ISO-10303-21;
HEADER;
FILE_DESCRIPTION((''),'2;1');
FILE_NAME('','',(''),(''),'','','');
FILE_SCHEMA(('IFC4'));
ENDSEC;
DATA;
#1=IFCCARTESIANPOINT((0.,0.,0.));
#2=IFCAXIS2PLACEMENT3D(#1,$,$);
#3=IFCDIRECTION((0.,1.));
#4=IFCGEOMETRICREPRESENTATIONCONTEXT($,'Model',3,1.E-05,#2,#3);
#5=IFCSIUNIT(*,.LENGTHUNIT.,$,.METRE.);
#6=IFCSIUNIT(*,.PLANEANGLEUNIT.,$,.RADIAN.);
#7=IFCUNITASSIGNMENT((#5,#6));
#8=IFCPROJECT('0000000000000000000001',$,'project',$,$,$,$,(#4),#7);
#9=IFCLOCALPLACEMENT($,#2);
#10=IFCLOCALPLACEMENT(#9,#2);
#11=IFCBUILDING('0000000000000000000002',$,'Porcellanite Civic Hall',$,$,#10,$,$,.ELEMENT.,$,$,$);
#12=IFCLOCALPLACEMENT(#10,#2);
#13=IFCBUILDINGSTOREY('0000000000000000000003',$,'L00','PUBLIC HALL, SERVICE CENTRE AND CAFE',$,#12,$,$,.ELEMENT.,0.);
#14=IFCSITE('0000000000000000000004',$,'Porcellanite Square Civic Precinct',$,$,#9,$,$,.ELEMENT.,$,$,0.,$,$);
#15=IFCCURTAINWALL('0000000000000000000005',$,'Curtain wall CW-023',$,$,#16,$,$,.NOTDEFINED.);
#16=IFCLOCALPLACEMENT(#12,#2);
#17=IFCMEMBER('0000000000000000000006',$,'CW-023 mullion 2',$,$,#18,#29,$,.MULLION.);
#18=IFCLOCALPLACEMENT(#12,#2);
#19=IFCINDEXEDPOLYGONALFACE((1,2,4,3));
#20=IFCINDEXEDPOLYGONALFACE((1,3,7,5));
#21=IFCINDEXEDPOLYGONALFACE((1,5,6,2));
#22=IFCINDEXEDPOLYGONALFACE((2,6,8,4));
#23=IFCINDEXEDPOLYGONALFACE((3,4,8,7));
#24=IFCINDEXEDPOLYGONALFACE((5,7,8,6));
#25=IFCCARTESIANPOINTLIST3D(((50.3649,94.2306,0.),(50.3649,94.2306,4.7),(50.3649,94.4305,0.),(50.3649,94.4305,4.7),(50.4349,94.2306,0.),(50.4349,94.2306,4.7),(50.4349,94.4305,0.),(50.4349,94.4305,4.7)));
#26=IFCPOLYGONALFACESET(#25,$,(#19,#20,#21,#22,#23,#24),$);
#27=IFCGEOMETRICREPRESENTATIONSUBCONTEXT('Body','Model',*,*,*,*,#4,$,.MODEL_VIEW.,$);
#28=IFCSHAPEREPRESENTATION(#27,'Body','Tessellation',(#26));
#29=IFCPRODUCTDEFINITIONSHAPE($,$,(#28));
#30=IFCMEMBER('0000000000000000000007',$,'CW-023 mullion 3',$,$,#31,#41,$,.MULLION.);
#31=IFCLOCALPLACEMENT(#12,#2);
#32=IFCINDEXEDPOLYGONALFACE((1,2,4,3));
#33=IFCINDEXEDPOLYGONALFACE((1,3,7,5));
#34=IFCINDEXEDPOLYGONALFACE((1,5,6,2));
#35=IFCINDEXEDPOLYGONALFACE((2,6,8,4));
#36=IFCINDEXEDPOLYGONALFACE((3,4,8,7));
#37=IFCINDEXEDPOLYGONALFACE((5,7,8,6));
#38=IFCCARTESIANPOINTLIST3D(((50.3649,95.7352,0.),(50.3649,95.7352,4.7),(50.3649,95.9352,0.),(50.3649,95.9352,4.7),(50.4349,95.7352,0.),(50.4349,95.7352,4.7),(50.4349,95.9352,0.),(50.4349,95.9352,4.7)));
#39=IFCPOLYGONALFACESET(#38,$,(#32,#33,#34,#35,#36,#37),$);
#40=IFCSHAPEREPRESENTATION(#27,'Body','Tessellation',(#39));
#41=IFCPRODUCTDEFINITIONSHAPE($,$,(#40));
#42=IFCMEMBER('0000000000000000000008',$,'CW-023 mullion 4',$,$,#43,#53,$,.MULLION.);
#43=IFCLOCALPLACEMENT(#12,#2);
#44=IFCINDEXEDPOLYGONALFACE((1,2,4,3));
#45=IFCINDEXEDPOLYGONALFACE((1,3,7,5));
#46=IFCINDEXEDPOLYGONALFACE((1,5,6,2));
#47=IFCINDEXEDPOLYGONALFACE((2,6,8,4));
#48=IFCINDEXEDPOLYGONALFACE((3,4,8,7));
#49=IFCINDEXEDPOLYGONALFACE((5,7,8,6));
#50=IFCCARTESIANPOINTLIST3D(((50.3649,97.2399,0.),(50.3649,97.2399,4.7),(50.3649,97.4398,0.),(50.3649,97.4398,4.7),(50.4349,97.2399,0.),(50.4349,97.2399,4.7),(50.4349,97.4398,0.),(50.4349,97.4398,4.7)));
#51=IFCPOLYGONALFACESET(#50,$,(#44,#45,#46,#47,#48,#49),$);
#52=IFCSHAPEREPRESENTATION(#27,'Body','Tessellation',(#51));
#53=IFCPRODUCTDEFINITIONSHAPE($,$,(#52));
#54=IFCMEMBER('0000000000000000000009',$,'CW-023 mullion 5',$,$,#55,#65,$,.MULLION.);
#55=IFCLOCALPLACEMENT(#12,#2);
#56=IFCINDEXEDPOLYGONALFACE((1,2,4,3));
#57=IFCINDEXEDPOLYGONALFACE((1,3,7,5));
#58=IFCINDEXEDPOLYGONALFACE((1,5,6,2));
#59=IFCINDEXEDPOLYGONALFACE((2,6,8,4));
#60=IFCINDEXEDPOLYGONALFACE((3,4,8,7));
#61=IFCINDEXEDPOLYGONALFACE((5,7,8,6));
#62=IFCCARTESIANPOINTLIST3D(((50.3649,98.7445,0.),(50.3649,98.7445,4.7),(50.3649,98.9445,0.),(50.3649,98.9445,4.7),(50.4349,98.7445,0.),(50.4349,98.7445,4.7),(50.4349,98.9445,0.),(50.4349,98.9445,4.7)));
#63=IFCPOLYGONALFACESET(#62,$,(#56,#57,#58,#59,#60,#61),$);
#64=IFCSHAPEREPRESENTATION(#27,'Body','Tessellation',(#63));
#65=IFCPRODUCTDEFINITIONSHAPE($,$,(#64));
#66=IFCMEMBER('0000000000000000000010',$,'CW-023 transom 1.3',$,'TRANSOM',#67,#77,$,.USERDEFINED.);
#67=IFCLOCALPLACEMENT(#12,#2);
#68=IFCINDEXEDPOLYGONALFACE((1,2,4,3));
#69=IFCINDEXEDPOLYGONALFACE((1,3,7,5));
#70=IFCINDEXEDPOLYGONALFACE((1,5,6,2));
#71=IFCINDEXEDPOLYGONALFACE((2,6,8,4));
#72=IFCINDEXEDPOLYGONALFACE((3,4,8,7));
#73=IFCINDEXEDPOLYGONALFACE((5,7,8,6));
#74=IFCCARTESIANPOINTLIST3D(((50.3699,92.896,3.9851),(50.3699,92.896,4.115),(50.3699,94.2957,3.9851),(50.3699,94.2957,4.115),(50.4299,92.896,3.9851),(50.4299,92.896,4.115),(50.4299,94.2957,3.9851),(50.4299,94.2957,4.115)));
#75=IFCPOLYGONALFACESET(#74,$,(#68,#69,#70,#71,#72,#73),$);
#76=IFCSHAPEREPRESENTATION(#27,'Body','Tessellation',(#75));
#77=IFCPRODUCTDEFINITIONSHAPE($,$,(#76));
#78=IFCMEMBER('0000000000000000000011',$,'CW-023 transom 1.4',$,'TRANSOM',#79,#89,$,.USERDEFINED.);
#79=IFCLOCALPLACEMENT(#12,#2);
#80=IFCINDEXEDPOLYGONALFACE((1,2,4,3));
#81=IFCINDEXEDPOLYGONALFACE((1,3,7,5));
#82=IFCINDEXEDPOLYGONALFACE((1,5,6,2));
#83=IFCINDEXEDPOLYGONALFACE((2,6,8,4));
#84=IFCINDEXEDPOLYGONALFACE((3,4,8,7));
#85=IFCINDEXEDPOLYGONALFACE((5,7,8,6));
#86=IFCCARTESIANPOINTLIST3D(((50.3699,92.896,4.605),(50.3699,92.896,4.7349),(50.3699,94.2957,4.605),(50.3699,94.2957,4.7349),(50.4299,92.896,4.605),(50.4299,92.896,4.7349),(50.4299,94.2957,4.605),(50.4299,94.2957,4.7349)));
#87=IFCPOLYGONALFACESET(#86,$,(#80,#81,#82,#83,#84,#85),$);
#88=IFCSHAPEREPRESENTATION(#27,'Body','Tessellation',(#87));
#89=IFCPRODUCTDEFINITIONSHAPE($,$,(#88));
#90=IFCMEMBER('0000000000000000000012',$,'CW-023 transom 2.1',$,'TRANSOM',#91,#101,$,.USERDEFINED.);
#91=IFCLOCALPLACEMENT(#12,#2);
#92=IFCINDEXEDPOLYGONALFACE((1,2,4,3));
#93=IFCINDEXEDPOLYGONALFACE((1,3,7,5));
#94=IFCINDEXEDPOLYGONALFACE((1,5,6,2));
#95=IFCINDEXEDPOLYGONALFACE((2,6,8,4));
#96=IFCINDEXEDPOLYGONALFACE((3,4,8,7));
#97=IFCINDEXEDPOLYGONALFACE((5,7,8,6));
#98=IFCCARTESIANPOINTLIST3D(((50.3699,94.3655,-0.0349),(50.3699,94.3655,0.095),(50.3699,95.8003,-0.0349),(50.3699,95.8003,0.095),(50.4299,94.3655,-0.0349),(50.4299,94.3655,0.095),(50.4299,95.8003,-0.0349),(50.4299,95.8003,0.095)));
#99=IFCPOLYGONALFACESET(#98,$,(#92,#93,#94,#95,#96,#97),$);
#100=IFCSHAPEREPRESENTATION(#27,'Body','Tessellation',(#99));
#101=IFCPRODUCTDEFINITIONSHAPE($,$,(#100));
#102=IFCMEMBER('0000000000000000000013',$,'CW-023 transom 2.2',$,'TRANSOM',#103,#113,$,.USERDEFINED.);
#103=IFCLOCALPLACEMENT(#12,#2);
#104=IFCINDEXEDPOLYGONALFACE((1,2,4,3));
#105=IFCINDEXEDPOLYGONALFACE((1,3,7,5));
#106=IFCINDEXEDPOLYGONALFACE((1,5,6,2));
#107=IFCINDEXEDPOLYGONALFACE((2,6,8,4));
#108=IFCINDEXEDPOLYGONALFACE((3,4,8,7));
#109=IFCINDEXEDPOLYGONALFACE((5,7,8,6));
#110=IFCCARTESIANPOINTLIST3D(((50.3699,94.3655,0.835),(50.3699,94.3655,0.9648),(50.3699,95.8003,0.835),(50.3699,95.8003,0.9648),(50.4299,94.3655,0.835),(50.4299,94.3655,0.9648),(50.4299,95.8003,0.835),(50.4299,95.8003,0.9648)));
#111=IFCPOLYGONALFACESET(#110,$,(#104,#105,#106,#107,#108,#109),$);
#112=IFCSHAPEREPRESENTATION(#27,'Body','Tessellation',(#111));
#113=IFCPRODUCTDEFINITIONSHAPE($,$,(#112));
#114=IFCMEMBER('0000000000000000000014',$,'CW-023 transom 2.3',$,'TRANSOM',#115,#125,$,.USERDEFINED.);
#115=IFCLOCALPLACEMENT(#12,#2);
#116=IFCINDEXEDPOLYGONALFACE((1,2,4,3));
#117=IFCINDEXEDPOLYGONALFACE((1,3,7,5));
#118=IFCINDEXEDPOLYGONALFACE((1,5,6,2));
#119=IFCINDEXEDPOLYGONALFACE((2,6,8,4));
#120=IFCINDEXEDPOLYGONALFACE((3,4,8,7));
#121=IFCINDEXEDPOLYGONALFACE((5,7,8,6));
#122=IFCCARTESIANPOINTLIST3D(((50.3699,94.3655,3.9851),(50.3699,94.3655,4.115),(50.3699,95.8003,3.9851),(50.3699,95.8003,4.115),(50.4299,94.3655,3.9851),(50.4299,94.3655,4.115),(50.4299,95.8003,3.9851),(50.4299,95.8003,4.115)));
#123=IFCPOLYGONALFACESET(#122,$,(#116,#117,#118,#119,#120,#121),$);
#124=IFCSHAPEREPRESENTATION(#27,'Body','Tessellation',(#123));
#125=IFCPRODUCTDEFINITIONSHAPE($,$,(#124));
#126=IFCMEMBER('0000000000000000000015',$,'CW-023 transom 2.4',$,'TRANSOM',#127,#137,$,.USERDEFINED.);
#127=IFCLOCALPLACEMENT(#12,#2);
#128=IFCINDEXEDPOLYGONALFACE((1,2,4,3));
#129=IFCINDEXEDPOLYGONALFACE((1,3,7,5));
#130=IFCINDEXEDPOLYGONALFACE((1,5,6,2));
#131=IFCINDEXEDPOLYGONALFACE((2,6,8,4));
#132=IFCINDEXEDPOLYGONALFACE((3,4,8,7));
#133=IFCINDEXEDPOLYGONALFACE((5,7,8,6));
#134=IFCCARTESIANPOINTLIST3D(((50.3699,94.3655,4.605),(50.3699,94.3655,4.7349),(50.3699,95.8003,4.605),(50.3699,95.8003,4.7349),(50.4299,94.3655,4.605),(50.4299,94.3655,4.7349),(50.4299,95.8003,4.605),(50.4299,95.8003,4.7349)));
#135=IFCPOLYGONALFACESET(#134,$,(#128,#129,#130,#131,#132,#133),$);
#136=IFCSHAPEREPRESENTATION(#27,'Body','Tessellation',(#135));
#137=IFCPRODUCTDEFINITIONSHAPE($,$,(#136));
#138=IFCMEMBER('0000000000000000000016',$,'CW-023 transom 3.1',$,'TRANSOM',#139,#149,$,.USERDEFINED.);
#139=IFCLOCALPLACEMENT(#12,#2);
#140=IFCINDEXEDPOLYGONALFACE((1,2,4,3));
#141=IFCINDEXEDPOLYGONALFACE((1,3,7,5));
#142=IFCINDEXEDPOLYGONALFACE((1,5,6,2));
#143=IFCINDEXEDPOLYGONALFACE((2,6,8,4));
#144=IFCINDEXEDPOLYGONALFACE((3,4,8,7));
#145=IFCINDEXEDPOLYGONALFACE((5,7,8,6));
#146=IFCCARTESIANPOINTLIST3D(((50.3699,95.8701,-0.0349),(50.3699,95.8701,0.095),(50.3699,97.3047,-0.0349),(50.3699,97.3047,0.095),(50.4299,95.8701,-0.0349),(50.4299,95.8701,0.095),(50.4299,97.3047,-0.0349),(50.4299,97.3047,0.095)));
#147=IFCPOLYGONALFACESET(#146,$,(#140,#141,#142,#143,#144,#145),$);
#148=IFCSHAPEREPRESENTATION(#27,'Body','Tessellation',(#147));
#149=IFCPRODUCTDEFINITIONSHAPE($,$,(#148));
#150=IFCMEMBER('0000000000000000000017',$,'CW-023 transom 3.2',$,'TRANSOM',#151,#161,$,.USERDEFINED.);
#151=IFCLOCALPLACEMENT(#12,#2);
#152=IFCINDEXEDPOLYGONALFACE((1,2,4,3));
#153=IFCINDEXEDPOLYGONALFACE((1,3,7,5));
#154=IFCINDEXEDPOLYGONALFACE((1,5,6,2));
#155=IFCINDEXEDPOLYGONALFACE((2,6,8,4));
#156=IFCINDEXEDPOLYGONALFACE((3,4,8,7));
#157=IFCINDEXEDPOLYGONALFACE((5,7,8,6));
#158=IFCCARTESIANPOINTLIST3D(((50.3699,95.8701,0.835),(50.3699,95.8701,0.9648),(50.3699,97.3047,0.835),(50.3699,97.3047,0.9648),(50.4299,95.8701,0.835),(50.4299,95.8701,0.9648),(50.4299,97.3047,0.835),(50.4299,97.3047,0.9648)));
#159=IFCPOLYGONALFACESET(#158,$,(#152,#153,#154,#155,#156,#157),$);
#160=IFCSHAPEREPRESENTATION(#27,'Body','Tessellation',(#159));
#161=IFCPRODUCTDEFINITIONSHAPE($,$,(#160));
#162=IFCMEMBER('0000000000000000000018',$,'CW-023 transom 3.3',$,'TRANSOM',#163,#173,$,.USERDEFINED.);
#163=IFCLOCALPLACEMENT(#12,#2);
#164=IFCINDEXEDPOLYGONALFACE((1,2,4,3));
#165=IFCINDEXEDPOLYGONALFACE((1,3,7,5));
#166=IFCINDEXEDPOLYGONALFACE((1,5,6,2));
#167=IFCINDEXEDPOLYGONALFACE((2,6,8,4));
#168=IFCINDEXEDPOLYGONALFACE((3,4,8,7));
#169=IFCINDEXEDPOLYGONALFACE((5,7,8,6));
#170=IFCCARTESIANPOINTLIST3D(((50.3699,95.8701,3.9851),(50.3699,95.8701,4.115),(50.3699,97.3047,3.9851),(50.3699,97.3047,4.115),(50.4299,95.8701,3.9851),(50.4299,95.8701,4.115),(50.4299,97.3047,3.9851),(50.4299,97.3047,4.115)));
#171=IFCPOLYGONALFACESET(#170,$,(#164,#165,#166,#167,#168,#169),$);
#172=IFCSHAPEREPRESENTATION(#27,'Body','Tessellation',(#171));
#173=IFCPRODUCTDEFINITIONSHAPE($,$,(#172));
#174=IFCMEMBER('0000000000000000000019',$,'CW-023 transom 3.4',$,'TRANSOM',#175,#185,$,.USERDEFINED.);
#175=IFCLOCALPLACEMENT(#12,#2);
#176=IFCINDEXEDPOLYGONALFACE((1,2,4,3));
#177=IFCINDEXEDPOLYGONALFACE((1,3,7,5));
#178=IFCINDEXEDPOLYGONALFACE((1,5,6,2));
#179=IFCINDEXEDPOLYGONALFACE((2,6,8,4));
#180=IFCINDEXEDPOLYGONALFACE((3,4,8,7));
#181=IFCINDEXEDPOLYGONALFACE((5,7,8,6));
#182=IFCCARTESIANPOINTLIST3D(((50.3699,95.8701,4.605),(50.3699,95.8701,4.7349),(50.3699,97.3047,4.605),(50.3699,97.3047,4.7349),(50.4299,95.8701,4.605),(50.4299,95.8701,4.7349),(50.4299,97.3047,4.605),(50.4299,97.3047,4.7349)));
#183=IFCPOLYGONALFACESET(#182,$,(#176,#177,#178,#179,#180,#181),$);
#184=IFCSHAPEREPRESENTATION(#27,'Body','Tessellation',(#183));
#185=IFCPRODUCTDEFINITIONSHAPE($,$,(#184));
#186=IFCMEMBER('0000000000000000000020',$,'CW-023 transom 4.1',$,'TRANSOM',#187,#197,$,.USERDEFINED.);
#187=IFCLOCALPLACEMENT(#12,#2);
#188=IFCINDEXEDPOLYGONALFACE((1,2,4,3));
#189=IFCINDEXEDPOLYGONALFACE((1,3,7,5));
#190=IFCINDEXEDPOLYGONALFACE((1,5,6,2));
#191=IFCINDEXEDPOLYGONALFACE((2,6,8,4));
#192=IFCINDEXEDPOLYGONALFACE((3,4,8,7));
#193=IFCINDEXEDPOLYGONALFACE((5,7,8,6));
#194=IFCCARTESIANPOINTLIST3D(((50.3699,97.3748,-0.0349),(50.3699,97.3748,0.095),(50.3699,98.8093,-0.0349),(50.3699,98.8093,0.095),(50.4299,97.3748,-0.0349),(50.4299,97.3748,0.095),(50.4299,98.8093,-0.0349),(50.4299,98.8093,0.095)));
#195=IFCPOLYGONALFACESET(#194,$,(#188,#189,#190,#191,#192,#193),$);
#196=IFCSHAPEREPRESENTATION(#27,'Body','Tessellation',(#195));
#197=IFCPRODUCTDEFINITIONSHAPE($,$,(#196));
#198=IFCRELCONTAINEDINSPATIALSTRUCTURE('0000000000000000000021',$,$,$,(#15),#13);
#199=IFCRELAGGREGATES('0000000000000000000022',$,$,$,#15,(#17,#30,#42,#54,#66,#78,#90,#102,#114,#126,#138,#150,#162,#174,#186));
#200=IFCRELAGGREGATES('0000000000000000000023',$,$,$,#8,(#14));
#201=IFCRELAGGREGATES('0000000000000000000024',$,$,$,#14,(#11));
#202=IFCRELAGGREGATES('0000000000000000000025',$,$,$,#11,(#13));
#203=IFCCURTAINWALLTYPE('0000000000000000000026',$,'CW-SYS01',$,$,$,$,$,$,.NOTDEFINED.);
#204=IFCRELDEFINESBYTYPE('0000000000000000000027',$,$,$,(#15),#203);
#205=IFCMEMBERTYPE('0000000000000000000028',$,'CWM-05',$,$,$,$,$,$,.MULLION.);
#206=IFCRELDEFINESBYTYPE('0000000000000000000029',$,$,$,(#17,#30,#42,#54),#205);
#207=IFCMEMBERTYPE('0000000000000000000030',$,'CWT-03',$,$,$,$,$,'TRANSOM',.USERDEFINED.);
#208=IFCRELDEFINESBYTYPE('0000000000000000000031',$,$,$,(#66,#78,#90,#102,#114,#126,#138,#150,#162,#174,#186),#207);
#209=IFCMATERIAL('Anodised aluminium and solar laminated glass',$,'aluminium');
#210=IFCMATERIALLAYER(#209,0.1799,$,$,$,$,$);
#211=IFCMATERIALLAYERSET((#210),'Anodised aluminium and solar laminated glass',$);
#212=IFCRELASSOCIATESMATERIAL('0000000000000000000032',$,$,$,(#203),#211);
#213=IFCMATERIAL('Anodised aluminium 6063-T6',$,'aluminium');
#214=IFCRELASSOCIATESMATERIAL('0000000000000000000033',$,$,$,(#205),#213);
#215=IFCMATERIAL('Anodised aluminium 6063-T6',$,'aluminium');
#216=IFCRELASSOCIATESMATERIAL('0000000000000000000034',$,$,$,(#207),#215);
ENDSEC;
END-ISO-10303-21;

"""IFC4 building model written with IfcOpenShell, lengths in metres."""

from ifc_helpers import new_model, si_unit, direction, frame, origin, origin_2d, place, context, subcontext, project, spatial, rectangle, extrude, material, layer, layer_set, material_profile, profile_set, type_object, element, aggregate, save


model = new_model("IFC4")

# Units and contexts
model_context = context("Model", 3, precision=1e-05, world=origin(), true_north=direction((0.0, 1.0)))
body_context = subcontext(model_context, "Body", "Model", "MODEL_VIEW")
ifc_project = project(units=[si_unit("LENGTHUNIT", "METRE"), si_unit("PLANEANGLEUNIT", "RADIAN")], contexts=[model_context])

# Site, building, storey
site_placement = place(None, origin())
site = spatial("IfcSite", under=ifc_project, at=site_placement, Name="Porcellanite Square Civic Precinct", CompositionType="ELEMENT", RefElevation=0.0)
building_placement = place(site_placement, origin())
building = spatial("IfcBuilding", under=site, at=building_placement, Name="Porcellanite Civic Hall", CompositionType="ELEMENT")
storey_placement = place(building_placement, origin())
storey = spatial("IfcBuildingStorey", under=building, at=storey_placement, Name="L00", Description="PUBLIC HALL, SERVICE CENTRE AND CAFE", CompositionType="ELEMENT", Elevation=0.0)

# Curtain wall, members
ifc_material_1 = material(Name="Anodised aluminium and solar laminated glass", Category="aluminium")
ifc_layer_1 = layer(ifc_material_1, 0.1799)
ifc_layer_set_1 = layer_set([ifc_layer_1], Name="Anodised aluminium and solar laminated glass")
curtain_wall_type = type_object("IfcCurtainWallType", Name="CW-SYS01", PredefinedType="NOTDEFINED", material=ifc_layer_set_1)
curtain_wall_placement = place(storey_placement, origin())
curtain_wall = element("IfcCurtainWall", 1, at=curtain_wall_placement, inside=storey, type_object=curtain_wall_type, Name="Curtain wall CW-023", PredefinedType="NOTDEFINED")
ifc_material_2 = material(Name="Anodised aluminium 6063-T6", Category="aluminium")
ifc_material_profile_1 = material_profile(ifc_material_2, rectangle(XDim=0.0701, YDim=0.2, at=origin_2d()), Name="AL-70x200")
ifc_profile_set_1 = profile_set([ifc_material_profile_1], Name="Anodised aluminium 6063-T6")
member_type_1 = type_object("IfcMemberType", Name="CWM-05", PredefinedType="MULLION", material=ifc_profile_set_1)
member_1_placement = place(storey_placement, frame((50.3999, 94.3306, 0.0), z_axis=(0.0, 0.0, 1.0), x_axis=(-1.0, 0.0, 0.0)))
member_1 = element("IfcMember", 2, at=member_1_placement, type_object=member_type_1, Name="CW-023 mullion 2", PredefinedType="MULLION", context=body_context, shape_type="SweptSolid", body=[
    extrude(rectangle(XDim=0.0701, YDim=0.2, at=origin_2d()), origin(), (0.0, 0.0, 1.0), 4.7),
])
member_2_placement = place(storey_placement, frame((50.3999, 95.8352, 0.0), z_axis=(0.0, 0.0, 1.0), x_axis=(-1.0, 0.0, 0.0)))
member_2 = element("IfcMember", 3, at=member_2_placement, type_object=member_type_1, Name="CW-023 mullion 3", PredefinedType="MULLION", context=body_context, shape_type="SweptSolid", body=[
    extrude(rectangle(XDim=0.0701, YDim=0.2, at=origin_2d()), origin(), (0.0, 0.0, 1.0), 4.7),
])
member_3_placement = place(storey_placement, frame((50.3999, 97.3398, 0.0), z_axis=(0.0, 0.0, 1.0), x_axis=(-1.0, 0.0, 0.0)))
member_3 = element("IfcMember", 4, at=member_3_placement, type_object=member_type_1, Name="CW-023 mullion 4", PredefinedType="MULLION", context=body_context, shape_type="SweptSolid", body=[
    extrude(rectangle(XDim=0.0701, YDim=0.2, at=origin_2d()), origin(), (0.0, 0.0, 1.0), 4.7),
])
member_4_placement = place(storey_placement, frame((50.3999, 98.8445, 0.0), z_axis=(0.0, 0.0, 1.0), x_axis=(-1.0, 0.0, 0.0)))
member_4 = element("IfcMember", 5, at=member_4_placement, type_object=member_type_1, Name="CW-023 mullion 5", PredefinedType="MULLION", context=body_context, shape_type="SweptSolid", body=[
    extrude(rectangle(XDim=0.0701, YDim=0.2, at=origin_2d()), origin(), (0.0, 0.0, 1.0), 4.7),
])
ifc_material_3 = material(Name="Anodised aluminium 6063-T6", Category="aluminium")
ifc_material_profile_2 = material_profile(ifc_material_3, rectangle(XDim=0.0601, YDim=0.1299, at=origin_2d()), Name="AL-60x130")
ifc_profile_set_2 = profile_set([ifc_material_profile_2], Name="Anodised aluminium 6063-T6")
member_type_2 = type_object("IfcMemberType", Name="CWT-03", ElementType="TRANSOM", PredefinedType="USERDEFINED", material=ifc_profile_set_2)
member_5_placement = place(storey_placement, frame((50.3999, 92.896, 4.05), z_axis=(0.0, 1.0, 0.0), x_axis=(-1.0, 0.0, 0.0)))
member_5 = element("IfcMember", 6, at=member_5_placement, type_object=member_type_2, Name="CW-023 transom 1.3", ObjectType="TRANSOM", PredefinedType="USERDEFINED", context=body_context, shape_type="SweptSolid", body=[
    extrude(rectangle(XDim=0.0601, YDim=0.1299, at=origin_2d()), origin(), (0.0, 0.0, 1.0), 1.3997),
])
member_6_placement = place(storey_placement, frame((50.3999, 92.896, 4.6699), z_axis=(0.0, 1.0, 0.0), x_axis=(-1.0, 0.0, 0.0)))
member_6 = element("IfcMember", 7, at=member_6_placement, type_object=member_type_2, Name="CW-023 transom 1.4", ObjectType="TRANSOM", PredefinedType="USERDEFINED", context=body_context, shape_type="SweptSolid", body=[
    extrude(rectangle(XDim=0.0601, YDim=0.1299, at=origin_2d()), origin(), (0.0, 0.0, 1.0), 1.3997),
])
member_7_placement = place(storey_placement, frame((50.3999, 94.3655, 0.03), z_axis=(0.0, 1.0, 0.0), x_axis=(-1.0, 0.0, 0.0)))
member_7 = element("IfcMember", 8, at=member_7_placement, type_object=member_type_2, Name="CW-023 transom 2.1", ObjectType="TRANSOM", PredefinedType="USERDEFINED", context=body_context, shape_type="SweptSolid", body=[
    extrude(rectangle(XDim=0.0601, YDim=0.1299, at=origin_2d()), origin(), (0.0, 0.0, 1.0), 1.4348),
])
member_8_placement = place(storey_placement, frame((50.3999, 94.3655, 0.8999), z_axis=(0.0, 1.0, 0.0), x_axis=(-1.0, 0.0, 0.0)))
member_8 = element("IfcMember", 9, at=member_8_placement, type_object=member_type_2, Name="CW-023 transom 2.2", ObjectType="TRANSOM", PredefinedType="USERDEFINED", context=body_context, shape_type="SweptSolid", body=[
    extrude(rectangle(XDim=0.0601, YDim=0.1299, at=origin_2d()), origin(), (0.0, 0.0, 1.0), 1.4348),
])
member_9_placement = place(storey_placement, frame((50.3999, 94.3655, 4.05), z_axis=(0.0, 1.0, 0.0), x_axis=(-1.0, 0.0, 0.0)))
member_9 = element("IfcMember", 10, at=member_9_placement, type_object=member_type_2, Name="CW-023 transom 2.3", ObjectType="TRANSOM", PredefinedType="USERDEFINED", context=body_context, shape_type="SweptSolid", body=[
    extrude(rectangle(XDim=0.0601, YDim=0.1299, at=origin_2d()), origin(), (0.0, 0.0, 1.0), 1.4348),
])
member_10_placement = place(storey_placement, frame((50.3999, 94.3655, 4.6699), z_axis=(0.0, 1.0, 0.0), x_axis=(-1.0, 0.0, 0.0)))
member_10 = element("IfcMember", 11, at=member_10_placement, type_object=member_type_2, Name="CW-023 transom 2.4", ObjectType="TRANSOM", PredefinedType="USERDEFINED", context=body_context, shape_type="SweptSolid", body=[
    extrude(rectangle(XDim=0.0601, YDim=0.1299, at=origin_2d()), origin(), (0.0, 0.0, 1.0), 1.4348),
])
member_11_placement = place(storey_placement, frame((50.3999, 95.8701, 0.03), z_axis=(0.0, 1.0, 0.0), x_axis=(-1.0, 0.0, 0.0)))
member_11 = element("IfcMember", 12, at=member_11_placement, type_object=member_type_2, Name="CW-023 transom 3.1", ObjectType="TRANSOM", PredefinedType="USERDEFINED", context=body_context, shape_type="SweptSolid", body=[
    extrude(rectangle(XDim=0.0601, YDim=0.1299, at=origin_2d()), origin(), (0.0, 0.0, 1.0), 1.4346),
])
member_12_placement = place(storey_placement, frame((50.3999, 95.8701, 0.8999), z_axis=(0.0, 1.0, 0.0), x_axis=(-1.0, 0.0, 0.0)))
member_12 = element("IfcMember", 13, at=member_12_placement, type_object=member_type_2, Name="CW-023 transom 3.2", ObjectType="TRANSOM", PredefinedType="USERDEFINED", context=body_context, shape_type="SweptSolid", body=[
    extrude(rectangle(XDim=0.0601, YDim=0.1299, at=origin_2d()), origin(), (0.0, 0.0, 1.0), 1.4346),
])
member_13_placement = place(storey_placement, frame((50.3999, 95.8701, 4.05), z_axis=(0.0, 1.0, 0.0), x_axis=(-1.0, 0.0, 0.0)))
member_13 = element("IfcMember", 14, at=member_13_placement, type_object=member_type_2, Name="CW-023 transom 3.3", ObjectType="TRANSOM", PredefinedType="USERDEFINED", context=body_context, shape_type="SweptSolid", body=[
    extrude(rectangle(XDim=0.0601, YDim=0.1299, at=origin_2d()), origin(), (0.0, 0.0, 1.0), 1.4346),
])
member_14_placement = place(storey_placement, frame((50.3999, 95.8701, 4.6699), z_axis=(0.0, 1.0, 0.0), x_axis=(-1.0, 0.0, 0.0)))
member_14 = element("IfcMember", 15, at=member_14_placement, type_object=member_type_2, Name="CW-023 transom 3.4", ObjectType="TRANSOM", PredefinedType="USERDEFINED", context=body_context, shape_type="SweptSolid", body=[
    extrude(rectangle(XDim=0.0601, YDim=0.1299, at=origin_2d()), origin(), (0.0, 0.0, 1.0), 1.4346),
])
member_15_placement = place(storey_placement, frame((50.3999, 97.3748, 0.03), z_axis=(0.0, 1.0, 0.0), x_axis=(-1.0, 0.0, 0.0)))
member_15 = element("IfcMember", 16, at=member_15_placement, type_object=member_type_2, Name="CW-023 transom 4.1", ObjectType="TRANSOM", PredefinedType="USERDEFINED", context=body_context, shape_type="SweptSolid", body=[
    extrude(rectangle(XDim=0.0601, YDim=0.1299, at=origin_2d()), origin(), (0.0, 0.0, 1.0), 1.4346),
])
aggregate(curtain_wall, [member_1, member_2, member_3, member_4, member_5, member_6, member_7, member_8, member_9, member_10, member_11, member_12, member_13, member_14, member_15])

save(model, "model.ifc")
